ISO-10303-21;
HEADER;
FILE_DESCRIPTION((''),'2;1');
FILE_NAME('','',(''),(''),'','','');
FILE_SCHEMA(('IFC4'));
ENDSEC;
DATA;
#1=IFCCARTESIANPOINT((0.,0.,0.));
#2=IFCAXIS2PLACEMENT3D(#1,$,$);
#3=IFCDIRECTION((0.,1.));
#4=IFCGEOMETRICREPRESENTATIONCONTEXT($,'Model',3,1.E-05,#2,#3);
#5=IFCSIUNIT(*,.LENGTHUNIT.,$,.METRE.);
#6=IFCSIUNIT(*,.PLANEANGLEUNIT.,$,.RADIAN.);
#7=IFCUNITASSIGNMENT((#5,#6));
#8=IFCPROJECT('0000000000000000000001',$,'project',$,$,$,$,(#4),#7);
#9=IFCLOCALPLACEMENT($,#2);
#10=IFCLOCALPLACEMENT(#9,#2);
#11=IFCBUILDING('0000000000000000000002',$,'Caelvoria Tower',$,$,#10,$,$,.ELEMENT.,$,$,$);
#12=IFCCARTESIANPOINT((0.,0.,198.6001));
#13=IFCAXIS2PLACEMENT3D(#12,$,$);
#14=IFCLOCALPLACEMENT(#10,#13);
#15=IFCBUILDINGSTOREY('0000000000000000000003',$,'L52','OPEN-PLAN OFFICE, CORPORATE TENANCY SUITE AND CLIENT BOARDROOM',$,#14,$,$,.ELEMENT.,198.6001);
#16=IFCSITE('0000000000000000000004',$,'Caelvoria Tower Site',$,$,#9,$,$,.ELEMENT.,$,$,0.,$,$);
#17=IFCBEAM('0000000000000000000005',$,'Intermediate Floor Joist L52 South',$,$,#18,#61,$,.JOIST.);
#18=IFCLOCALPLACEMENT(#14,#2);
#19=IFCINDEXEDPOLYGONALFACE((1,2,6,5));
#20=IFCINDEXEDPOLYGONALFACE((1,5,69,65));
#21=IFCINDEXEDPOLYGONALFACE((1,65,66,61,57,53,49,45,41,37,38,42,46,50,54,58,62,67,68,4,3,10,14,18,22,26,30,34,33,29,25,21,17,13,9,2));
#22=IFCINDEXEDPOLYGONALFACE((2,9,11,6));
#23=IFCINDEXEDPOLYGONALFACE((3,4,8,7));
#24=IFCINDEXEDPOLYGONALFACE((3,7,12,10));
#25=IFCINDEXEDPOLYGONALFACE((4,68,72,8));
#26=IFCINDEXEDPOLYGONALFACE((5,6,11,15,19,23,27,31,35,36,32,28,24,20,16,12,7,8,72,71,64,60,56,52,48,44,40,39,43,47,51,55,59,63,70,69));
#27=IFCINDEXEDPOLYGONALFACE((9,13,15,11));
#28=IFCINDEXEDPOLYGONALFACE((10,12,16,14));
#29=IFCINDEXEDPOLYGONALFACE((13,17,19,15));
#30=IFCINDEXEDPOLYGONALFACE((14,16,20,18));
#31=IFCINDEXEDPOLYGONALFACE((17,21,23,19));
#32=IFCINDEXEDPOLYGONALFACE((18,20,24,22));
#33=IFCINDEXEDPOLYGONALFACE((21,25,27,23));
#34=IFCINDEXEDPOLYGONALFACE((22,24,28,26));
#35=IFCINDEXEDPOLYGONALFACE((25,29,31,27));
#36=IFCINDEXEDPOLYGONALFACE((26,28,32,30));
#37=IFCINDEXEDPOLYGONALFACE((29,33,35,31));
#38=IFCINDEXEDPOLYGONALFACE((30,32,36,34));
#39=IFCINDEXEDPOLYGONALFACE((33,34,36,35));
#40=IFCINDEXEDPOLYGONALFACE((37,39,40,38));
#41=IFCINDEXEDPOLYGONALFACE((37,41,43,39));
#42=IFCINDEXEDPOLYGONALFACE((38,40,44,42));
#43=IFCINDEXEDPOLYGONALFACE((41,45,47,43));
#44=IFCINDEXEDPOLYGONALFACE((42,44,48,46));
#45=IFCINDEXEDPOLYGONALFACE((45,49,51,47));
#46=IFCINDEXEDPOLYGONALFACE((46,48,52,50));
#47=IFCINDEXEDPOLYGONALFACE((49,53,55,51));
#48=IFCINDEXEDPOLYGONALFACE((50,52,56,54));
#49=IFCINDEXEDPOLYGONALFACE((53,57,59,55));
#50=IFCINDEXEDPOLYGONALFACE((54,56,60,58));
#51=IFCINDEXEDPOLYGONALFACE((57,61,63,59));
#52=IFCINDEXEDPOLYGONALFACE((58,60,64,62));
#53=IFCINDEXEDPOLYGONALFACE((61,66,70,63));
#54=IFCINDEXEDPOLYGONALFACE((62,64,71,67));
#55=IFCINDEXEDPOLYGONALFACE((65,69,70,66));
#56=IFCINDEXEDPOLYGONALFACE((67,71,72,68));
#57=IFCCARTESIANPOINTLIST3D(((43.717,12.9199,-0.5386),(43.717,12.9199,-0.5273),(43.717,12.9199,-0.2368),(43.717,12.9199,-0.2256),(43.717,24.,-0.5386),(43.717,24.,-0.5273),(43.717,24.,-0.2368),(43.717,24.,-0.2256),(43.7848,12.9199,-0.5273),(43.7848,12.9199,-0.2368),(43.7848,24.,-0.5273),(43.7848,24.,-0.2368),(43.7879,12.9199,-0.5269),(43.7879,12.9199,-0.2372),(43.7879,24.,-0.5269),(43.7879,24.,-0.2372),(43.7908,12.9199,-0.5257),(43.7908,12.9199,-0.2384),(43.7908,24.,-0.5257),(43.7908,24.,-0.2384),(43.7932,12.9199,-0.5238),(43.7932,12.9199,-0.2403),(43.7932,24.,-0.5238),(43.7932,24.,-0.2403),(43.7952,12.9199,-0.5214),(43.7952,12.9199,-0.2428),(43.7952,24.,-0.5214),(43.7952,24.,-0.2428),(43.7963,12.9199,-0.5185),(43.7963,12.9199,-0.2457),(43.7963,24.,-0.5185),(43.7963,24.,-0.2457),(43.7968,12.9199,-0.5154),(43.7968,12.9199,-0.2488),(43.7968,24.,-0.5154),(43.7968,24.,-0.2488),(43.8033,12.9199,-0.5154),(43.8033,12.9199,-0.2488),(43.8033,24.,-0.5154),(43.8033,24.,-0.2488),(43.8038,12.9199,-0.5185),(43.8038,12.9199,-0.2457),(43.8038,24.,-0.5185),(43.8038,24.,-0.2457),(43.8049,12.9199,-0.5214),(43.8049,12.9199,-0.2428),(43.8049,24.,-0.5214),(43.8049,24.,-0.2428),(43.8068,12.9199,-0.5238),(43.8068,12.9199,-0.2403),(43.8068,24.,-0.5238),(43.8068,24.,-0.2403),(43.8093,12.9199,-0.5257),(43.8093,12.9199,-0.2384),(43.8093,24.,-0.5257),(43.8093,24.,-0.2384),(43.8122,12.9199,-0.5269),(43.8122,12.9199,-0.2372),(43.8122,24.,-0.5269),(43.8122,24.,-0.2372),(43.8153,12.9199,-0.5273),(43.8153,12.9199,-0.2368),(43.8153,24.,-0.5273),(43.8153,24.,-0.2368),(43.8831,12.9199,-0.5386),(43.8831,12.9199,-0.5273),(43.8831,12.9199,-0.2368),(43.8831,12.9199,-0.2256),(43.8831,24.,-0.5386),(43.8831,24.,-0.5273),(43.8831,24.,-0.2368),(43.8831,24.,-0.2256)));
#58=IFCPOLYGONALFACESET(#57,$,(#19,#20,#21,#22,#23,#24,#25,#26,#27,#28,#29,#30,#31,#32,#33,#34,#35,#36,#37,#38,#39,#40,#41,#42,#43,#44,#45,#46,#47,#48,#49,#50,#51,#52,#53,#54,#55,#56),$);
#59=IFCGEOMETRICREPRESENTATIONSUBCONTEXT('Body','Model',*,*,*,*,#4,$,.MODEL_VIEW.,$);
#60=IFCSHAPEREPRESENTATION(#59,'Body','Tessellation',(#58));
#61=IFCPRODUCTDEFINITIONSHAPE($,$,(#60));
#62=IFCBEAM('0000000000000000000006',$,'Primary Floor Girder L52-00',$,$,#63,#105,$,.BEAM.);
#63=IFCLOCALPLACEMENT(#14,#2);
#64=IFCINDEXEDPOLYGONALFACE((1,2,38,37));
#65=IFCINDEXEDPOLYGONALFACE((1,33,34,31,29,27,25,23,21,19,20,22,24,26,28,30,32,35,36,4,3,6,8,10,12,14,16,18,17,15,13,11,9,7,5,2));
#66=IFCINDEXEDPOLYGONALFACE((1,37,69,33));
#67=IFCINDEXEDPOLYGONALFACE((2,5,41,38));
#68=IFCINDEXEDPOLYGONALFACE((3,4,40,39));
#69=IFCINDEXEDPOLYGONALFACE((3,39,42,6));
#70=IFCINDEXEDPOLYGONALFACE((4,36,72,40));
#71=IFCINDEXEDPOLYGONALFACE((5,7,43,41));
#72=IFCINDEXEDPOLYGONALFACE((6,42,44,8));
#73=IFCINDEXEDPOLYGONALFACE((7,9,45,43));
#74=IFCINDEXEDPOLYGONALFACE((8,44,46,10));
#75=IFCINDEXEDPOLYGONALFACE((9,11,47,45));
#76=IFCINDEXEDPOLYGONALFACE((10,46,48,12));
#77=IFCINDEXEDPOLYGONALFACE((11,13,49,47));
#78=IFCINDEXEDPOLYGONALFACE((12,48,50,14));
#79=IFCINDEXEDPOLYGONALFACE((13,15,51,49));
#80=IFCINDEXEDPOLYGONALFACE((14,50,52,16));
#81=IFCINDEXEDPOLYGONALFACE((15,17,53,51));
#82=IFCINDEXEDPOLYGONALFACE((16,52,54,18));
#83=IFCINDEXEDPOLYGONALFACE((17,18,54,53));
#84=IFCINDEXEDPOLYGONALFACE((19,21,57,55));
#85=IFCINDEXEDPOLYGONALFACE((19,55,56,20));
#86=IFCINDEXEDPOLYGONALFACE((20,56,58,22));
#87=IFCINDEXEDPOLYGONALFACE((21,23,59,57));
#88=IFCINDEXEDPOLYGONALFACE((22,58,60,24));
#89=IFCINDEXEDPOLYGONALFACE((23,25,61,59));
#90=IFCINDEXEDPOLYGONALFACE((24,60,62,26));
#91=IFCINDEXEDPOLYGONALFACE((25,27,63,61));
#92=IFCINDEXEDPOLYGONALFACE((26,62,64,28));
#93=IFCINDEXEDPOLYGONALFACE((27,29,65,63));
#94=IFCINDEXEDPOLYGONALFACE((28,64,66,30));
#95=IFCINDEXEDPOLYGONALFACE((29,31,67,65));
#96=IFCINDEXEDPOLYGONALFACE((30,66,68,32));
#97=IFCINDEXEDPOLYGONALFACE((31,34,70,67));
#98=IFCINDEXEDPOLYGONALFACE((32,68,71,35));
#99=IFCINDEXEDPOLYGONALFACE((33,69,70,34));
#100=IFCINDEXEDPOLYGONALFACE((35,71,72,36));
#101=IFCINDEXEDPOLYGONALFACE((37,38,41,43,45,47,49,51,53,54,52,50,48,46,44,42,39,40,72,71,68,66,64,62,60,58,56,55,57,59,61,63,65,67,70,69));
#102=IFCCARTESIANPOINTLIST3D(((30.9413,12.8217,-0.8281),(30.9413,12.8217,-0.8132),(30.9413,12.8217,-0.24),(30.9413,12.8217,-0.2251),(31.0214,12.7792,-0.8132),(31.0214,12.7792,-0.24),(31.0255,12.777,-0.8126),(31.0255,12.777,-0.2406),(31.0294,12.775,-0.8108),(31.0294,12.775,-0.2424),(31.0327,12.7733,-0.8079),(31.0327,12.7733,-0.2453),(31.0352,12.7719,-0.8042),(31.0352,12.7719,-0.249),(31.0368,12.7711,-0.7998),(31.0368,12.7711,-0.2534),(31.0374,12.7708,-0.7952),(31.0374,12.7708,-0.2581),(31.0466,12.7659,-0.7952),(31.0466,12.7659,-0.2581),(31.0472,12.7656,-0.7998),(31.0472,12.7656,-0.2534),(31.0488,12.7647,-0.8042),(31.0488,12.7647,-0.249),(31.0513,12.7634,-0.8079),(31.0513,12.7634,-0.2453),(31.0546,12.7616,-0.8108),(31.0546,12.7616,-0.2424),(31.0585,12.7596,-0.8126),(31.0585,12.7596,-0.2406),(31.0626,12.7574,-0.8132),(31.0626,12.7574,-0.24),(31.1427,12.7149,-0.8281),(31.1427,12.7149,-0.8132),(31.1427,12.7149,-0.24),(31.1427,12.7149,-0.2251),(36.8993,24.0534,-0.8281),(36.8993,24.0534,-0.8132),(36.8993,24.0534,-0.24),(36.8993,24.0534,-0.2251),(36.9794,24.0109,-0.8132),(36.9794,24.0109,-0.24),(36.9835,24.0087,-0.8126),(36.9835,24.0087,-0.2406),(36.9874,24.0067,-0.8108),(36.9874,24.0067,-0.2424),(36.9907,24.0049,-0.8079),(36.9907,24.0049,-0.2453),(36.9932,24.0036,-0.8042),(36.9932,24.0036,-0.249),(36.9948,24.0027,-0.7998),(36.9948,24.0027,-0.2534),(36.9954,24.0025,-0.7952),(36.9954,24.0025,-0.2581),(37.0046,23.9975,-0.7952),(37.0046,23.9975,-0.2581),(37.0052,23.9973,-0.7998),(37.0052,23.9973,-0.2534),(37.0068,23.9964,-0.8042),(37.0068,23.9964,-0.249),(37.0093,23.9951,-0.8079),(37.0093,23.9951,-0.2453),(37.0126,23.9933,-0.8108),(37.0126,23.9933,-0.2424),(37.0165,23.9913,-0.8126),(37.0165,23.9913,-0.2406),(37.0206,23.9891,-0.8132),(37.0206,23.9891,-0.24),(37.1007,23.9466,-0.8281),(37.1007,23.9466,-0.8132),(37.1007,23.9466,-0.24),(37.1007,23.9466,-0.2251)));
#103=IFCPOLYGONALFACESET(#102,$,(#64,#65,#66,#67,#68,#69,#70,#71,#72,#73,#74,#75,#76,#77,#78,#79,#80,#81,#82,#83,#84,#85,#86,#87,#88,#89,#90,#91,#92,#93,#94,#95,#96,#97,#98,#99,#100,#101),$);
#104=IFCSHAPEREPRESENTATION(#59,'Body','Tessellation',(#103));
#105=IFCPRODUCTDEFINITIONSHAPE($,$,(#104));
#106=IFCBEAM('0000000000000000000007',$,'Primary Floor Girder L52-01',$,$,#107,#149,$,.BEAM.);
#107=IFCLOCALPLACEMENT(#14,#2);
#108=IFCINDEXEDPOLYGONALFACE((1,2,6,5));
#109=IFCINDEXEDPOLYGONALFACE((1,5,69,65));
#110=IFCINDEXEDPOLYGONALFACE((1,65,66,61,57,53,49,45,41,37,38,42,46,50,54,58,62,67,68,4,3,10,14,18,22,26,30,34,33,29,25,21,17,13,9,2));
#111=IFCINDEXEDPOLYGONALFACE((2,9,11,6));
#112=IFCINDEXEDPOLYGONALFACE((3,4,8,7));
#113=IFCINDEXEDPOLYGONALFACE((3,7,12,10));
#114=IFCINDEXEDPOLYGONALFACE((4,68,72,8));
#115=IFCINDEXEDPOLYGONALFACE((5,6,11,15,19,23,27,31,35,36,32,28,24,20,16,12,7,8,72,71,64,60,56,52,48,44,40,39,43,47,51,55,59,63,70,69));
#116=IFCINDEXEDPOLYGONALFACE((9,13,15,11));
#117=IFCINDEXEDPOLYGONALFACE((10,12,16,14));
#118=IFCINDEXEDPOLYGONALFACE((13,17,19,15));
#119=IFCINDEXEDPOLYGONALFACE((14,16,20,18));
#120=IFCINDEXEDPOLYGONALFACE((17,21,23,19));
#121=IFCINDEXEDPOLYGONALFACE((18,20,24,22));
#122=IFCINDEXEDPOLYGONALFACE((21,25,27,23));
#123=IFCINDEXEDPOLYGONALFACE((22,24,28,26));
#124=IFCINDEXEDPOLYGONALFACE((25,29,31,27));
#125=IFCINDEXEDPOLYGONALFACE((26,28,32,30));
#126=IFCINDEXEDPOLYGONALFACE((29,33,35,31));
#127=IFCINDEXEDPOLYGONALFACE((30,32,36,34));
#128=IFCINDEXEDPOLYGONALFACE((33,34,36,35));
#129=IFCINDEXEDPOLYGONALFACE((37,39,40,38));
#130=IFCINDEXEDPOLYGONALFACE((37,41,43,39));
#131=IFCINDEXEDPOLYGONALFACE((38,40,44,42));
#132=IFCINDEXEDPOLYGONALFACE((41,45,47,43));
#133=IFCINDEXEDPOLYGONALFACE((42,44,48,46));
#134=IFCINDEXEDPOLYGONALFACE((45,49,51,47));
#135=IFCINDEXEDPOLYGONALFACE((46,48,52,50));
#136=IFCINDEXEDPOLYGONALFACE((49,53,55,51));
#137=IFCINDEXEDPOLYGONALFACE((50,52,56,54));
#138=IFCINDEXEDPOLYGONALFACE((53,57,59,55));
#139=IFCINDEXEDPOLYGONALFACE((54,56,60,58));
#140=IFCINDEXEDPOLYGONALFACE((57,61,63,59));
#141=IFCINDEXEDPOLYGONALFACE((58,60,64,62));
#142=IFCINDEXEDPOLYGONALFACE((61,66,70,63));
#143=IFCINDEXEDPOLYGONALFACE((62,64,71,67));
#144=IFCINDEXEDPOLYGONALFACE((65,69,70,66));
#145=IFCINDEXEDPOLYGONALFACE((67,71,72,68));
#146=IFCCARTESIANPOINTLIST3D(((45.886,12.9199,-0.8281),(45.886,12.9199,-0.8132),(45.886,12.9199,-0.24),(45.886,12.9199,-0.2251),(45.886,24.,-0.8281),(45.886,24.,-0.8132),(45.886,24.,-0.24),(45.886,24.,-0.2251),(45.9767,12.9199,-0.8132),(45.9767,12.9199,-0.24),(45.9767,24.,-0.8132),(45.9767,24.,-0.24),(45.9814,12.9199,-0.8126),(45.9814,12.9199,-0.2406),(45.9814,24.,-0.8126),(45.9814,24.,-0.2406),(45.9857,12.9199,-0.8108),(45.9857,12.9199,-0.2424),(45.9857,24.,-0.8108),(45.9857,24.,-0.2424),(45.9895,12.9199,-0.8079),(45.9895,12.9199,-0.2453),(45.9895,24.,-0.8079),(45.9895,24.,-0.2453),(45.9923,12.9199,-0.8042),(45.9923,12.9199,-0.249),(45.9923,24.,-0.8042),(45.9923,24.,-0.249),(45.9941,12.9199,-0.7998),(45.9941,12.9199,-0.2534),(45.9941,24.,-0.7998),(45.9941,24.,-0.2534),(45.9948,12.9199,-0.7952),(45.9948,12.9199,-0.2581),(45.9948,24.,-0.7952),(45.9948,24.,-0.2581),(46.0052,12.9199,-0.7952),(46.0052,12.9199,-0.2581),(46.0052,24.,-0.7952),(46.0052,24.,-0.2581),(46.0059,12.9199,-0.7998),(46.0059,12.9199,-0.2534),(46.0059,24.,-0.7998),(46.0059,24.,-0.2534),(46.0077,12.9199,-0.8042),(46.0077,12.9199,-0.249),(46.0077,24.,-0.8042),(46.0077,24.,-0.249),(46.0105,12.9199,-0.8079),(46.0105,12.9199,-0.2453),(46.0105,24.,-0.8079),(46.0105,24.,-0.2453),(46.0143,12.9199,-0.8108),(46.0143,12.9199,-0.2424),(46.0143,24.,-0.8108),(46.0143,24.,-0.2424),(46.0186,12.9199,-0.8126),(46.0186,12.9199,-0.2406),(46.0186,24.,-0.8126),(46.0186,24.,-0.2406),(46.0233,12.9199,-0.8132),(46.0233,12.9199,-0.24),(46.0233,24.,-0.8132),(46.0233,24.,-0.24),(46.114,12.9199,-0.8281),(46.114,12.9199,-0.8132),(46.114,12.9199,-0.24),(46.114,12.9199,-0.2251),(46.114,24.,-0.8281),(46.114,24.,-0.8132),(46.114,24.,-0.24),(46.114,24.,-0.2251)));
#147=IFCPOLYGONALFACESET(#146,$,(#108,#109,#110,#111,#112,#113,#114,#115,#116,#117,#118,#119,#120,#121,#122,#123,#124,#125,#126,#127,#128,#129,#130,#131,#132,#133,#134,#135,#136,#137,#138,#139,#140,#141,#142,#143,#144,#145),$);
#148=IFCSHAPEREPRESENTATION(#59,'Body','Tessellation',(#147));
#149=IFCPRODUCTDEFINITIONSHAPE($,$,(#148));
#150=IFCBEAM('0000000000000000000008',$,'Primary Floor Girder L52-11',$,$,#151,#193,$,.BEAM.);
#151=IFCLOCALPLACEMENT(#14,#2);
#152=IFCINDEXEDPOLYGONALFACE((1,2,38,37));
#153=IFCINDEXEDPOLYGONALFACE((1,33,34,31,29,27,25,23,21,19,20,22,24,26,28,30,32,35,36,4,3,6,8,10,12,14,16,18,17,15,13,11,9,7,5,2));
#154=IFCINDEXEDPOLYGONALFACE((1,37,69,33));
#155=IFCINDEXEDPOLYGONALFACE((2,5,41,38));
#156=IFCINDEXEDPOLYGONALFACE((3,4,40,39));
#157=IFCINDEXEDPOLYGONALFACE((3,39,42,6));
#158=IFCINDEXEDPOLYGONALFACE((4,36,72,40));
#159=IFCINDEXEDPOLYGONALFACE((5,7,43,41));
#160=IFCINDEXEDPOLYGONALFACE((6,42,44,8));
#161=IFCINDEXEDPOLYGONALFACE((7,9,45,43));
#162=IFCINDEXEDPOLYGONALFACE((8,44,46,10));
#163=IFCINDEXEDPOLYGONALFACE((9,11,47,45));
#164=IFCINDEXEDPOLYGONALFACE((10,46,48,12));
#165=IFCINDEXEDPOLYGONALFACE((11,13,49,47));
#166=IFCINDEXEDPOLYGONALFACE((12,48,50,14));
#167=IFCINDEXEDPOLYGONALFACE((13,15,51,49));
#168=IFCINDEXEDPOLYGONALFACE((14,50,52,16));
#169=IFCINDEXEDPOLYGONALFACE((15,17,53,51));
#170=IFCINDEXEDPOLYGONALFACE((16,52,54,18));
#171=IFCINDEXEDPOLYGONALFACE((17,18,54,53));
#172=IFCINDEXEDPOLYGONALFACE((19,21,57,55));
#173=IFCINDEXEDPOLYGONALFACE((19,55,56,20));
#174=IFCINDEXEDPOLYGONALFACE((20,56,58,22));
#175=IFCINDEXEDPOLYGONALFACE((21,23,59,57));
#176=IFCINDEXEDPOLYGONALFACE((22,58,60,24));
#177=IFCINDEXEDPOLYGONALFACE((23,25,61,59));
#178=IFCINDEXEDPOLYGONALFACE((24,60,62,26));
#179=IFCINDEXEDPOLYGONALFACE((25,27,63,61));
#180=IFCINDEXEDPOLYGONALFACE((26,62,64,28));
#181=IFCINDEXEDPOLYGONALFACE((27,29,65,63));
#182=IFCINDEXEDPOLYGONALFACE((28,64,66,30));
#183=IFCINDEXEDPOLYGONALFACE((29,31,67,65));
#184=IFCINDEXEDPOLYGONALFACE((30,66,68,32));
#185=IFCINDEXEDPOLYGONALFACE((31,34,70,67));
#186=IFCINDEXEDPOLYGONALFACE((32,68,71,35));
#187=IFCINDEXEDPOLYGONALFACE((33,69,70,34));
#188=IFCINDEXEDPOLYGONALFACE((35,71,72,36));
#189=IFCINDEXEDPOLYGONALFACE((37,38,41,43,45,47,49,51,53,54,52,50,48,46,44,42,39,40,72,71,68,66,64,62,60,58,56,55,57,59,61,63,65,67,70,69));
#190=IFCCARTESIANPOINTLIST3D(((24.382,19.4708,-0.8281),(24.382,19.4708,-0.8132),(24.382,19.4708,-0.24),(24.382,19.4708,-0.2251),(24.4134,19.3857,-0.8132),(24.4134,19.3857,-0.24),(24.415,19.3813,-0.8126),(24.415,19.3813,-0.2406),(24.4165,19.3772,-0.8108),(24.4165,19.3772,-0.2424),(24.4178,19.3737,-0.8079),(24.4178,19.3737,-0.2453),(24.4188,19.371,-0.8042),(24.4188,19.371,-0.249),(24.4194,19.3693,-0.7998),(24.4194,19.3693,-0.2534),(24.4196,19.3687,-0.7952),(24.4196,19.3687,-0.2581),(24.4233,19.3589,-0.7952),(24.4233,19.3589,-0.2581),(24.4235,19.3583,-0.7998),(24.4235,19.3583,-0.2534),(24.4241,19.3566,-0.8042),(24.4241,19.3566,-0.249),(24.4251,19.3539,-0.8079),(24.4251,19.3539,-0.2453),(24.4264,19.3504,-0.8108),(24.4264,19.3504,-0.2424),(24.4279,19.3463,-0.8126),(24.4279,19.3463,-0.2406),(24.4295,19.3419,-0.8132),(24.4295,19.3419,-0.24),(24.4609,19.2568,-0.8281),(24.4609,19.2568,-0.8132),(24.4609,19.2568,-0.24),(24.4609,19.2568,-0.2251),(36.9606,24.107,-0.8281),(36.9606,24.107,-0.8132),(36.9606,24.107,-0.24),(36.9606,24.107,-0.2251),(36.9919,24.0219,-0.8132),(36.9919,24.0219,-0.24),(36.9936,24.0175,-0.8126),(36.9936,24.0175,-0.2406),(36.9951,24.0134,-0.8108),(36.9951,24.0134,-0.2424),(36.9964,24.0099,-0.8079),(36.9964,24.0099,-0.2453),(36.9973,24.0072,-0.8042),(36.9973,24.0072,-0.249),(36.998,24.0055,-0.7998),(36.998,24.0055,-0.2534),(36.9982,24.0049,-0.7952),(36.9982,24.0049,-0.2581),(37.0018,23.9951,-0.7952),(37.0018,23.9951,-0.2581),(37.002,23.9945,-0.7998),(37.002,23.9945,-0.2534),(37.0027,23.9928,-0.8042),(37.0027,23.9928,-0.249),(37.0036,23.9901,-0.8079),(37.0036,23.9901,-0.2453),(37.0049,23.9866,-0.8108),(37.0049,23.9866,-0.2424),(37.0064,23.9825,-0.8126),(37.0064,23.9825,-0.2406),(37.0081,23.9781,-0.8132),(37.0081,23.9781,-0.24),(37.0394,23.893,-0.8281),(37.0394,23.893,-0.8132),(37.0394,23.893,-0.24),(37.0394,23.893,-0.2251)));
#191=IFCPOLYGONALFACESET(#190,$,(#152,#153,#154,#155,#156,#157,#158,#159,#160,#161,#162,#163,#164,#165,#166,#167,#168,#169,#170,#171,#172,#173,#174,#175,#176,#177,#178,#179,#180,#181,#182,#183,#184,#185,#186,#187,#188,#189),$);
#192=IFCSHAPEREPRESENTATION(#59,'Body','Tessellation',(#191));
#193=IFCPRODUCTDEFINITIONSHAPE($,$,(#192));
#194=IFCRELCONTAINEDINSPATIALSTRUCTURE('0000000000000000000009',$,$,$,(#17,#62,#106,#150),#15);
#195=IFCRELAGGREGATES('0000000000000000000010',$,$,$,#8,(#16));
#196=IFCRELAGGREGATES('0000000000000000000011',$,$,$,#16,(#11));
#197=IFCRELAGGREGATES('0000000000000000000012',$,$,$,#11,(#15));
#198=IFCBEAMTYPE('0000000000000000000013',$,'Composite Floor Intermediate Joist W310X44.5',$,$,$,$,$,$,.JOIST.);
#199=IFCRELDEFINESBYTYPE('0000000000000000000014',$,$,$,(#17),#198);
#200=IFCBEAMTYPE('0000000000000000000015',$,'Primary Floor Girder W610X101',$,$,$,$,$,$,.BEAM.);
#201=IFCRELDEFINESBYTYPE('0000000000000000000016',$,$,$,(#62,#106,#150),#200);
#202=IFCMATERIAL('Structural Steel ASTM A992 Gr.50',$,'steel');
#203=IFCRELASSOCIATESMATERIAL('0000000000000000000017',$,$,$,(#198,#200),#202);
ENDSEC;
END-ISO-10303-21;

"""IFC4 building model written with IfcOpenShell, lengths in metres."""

from ifc_helpers import new_model, si_unit, direction, frame, origin, origin_2d, place, context, subcontext, project, spatial, i_section, extrude, material, material_profile, profile_set, type_object, element, save


model = new_model("IFC4")

# Units and contexts
model_context = context("Model", 3, precision=1e-05, world=origin(), true_north=direction((0.0, 1.0)))
body_context = subcontext(model_context, "Body", "Model", "MODEL_VIEW")
ifc_project = project(units=[si_unit("LENGTHUNIT", "METRE"), si_unit("PLANEANGLEUNIT", "RADIAN")], contexts=[model_context])

# Site, building, storey
site_placement = place(None, origin())
site = spatial("IfcSite", under=ifc_project, at=site_placement, Name="Caelvoria Tower Site", CompositionType="ELEMENT", RefElevation=0.0)
building_placement = place(site_placement, origin())
building = spatial("IfcBuilding", under=site, at=building_placement, Name="Caelvoria Tower", CompositionType="ELEMENT")
storey_placement = place(building_placement, frame((0.0, 0.0, 198.6001)))
storey = spatial("IfcBuildingStorey", under=building, at=storey_placement, Name="L52", Description="OPEN-PLAN OFFICE, CORPORATE TENANCY SUITE AND CLIENT BOARDROOM", CompositionType="ELEMENT", Elevation=198.6001)

# Beams
ifc_material_1 = material(Name="Structural Steel ASTM A992 Gr.50", Category="steel")
ifc_material_profile_1 = material_profile(ifc_material_1, i_section(OverallWidth=0.166, OverallDepth=0.313, WebThickness=0.0066, FlangeThickness=0.0112, FilletRadius=0.012, at=origin_2d()), Name="Structural Steel ASTM A992 Gr.50")
ifc_profile_set_1 = profile_set([ifc_material_profile_1], Name="W310X44.5 - Structural Steel ASTM A992 Gr.50")
beam_type_1 = type_object("IfcBeamType", Name="Composite Floor Intermediate Joist W310X44.5", PredefinedType="JOIST", material=ifc_profile_set_1)
beam_1_placement = place(storey_placement, frame((43.8, 24.0, -0.3821), z_axis=(0.0, -1.0, 0.0), x_axis=(1.0, 0.0, 0.0)))
element("IfcBeam", 1, at=beam_1_placement, inside=storey, type_object=beam_type_1, Name="Intermediate Floor Joist L52 South", PredefinedType="JOIST", context=body_context, shape_type="SweptSolid", body=[
    extrude(i_section(OverallWidth=0.166, OverallDepth=0.313, WebThickness=0.0066, FlangeThickness=0.0112, FilletRadius=0.012, at=origin_2d()), origin(), (0.0, 0.0, 1.0), 11.0801),
])
ifc_material_profile_2 = material_profile(ifc_material_1, i_section(OverallWidth=0.228, OverallDepth=0.603, WebThickness=0.0105, FlangeThickness=0.0149, FilletRadius=0.0181, at=origin_2d()), Name="Structural Steel ASTM A992 Gr.50")
ifc_profile_set_2 = profile_set([ifc_material_profile_2], Name="W610X101 - Structural Steel ASTM A992 Gr.50")
beam_type_2 = type_object("IfcBeamType", Name="Primary Floor Girder W610X101", PredefinedType="BEAM", material=ifc_profile_set_2)
beam_2_placement = place(storey_placement, frame((37.0, 24.0, -0.5266), z_axis=(-0.468614, -0.883403, 0.0), x_axis=(0.883403, -0.468614, 0.0)))
element("IfcBeam", 2, at=beam_2_placement, inside=storey, type_object=beam_type_2, Name="Primary Floor Girder L52-00", PredefinedType="BEAM", context=body_context, shape_type="SweptSolid", body=[
    extrude(i_section(OverallWidth=0.228, OverallDepth=0.603, WebThickness=0.0105, FlangeThickness=0.0149, FilletRadius=0.0181, at=origin_2d()), origin(), (0.0, 0.0, 1.0), 12.7141),
])
beam_3_placement = place(storey_placement, frame((46.0, 24.0, -0.5266), z_axis=(0.0, -1.0, 0.0), x_axis=(1.0, 0.0, 0.0)))
element("IfcBeam", 3, at=beam_3_placement, inside=storey, type_object=beam_type_2, Name="Primary Floor Girder L52-01", PredefinedType="BEAM", context=body_context, shape_type="SweptSolid", body=[
    extrude(i_section(OverallWidth=0.228, OverallDepth=0.603, WebThickness=0.0105, FlangeThickness=0.0149, FilletRadius=0.0181, at=origin_2d()), origin(), (0.0, 0.0, 1.0), 11.0801),
])
beam_4_placement = place(storey_placement, frame((37.0, 24.0, -0.5266), z_axis=(-0.938295, -0.345837, 0.0), x_axis=(0.345837, -0.938295, 0.0)))
element("IfcBeam", 4, at=beam_4_placement, inside=storey, type_object=beam_type_2, Name="Primary Floor Girder L52-11", PredefinedType="BEAM", context=body_context, shape_type="SweptSolid", body=[
    extrude(i_section(OverallWidth=0.228, OverallDepth=0.603, WebThickness=0.0105, FlangeThickness=0.0149, FilletRadius=0.0181, at=origin_2d()), origin(), (0.0, 0.0, 1.0), 13.4058),
])

save(model, "model.ifc")
